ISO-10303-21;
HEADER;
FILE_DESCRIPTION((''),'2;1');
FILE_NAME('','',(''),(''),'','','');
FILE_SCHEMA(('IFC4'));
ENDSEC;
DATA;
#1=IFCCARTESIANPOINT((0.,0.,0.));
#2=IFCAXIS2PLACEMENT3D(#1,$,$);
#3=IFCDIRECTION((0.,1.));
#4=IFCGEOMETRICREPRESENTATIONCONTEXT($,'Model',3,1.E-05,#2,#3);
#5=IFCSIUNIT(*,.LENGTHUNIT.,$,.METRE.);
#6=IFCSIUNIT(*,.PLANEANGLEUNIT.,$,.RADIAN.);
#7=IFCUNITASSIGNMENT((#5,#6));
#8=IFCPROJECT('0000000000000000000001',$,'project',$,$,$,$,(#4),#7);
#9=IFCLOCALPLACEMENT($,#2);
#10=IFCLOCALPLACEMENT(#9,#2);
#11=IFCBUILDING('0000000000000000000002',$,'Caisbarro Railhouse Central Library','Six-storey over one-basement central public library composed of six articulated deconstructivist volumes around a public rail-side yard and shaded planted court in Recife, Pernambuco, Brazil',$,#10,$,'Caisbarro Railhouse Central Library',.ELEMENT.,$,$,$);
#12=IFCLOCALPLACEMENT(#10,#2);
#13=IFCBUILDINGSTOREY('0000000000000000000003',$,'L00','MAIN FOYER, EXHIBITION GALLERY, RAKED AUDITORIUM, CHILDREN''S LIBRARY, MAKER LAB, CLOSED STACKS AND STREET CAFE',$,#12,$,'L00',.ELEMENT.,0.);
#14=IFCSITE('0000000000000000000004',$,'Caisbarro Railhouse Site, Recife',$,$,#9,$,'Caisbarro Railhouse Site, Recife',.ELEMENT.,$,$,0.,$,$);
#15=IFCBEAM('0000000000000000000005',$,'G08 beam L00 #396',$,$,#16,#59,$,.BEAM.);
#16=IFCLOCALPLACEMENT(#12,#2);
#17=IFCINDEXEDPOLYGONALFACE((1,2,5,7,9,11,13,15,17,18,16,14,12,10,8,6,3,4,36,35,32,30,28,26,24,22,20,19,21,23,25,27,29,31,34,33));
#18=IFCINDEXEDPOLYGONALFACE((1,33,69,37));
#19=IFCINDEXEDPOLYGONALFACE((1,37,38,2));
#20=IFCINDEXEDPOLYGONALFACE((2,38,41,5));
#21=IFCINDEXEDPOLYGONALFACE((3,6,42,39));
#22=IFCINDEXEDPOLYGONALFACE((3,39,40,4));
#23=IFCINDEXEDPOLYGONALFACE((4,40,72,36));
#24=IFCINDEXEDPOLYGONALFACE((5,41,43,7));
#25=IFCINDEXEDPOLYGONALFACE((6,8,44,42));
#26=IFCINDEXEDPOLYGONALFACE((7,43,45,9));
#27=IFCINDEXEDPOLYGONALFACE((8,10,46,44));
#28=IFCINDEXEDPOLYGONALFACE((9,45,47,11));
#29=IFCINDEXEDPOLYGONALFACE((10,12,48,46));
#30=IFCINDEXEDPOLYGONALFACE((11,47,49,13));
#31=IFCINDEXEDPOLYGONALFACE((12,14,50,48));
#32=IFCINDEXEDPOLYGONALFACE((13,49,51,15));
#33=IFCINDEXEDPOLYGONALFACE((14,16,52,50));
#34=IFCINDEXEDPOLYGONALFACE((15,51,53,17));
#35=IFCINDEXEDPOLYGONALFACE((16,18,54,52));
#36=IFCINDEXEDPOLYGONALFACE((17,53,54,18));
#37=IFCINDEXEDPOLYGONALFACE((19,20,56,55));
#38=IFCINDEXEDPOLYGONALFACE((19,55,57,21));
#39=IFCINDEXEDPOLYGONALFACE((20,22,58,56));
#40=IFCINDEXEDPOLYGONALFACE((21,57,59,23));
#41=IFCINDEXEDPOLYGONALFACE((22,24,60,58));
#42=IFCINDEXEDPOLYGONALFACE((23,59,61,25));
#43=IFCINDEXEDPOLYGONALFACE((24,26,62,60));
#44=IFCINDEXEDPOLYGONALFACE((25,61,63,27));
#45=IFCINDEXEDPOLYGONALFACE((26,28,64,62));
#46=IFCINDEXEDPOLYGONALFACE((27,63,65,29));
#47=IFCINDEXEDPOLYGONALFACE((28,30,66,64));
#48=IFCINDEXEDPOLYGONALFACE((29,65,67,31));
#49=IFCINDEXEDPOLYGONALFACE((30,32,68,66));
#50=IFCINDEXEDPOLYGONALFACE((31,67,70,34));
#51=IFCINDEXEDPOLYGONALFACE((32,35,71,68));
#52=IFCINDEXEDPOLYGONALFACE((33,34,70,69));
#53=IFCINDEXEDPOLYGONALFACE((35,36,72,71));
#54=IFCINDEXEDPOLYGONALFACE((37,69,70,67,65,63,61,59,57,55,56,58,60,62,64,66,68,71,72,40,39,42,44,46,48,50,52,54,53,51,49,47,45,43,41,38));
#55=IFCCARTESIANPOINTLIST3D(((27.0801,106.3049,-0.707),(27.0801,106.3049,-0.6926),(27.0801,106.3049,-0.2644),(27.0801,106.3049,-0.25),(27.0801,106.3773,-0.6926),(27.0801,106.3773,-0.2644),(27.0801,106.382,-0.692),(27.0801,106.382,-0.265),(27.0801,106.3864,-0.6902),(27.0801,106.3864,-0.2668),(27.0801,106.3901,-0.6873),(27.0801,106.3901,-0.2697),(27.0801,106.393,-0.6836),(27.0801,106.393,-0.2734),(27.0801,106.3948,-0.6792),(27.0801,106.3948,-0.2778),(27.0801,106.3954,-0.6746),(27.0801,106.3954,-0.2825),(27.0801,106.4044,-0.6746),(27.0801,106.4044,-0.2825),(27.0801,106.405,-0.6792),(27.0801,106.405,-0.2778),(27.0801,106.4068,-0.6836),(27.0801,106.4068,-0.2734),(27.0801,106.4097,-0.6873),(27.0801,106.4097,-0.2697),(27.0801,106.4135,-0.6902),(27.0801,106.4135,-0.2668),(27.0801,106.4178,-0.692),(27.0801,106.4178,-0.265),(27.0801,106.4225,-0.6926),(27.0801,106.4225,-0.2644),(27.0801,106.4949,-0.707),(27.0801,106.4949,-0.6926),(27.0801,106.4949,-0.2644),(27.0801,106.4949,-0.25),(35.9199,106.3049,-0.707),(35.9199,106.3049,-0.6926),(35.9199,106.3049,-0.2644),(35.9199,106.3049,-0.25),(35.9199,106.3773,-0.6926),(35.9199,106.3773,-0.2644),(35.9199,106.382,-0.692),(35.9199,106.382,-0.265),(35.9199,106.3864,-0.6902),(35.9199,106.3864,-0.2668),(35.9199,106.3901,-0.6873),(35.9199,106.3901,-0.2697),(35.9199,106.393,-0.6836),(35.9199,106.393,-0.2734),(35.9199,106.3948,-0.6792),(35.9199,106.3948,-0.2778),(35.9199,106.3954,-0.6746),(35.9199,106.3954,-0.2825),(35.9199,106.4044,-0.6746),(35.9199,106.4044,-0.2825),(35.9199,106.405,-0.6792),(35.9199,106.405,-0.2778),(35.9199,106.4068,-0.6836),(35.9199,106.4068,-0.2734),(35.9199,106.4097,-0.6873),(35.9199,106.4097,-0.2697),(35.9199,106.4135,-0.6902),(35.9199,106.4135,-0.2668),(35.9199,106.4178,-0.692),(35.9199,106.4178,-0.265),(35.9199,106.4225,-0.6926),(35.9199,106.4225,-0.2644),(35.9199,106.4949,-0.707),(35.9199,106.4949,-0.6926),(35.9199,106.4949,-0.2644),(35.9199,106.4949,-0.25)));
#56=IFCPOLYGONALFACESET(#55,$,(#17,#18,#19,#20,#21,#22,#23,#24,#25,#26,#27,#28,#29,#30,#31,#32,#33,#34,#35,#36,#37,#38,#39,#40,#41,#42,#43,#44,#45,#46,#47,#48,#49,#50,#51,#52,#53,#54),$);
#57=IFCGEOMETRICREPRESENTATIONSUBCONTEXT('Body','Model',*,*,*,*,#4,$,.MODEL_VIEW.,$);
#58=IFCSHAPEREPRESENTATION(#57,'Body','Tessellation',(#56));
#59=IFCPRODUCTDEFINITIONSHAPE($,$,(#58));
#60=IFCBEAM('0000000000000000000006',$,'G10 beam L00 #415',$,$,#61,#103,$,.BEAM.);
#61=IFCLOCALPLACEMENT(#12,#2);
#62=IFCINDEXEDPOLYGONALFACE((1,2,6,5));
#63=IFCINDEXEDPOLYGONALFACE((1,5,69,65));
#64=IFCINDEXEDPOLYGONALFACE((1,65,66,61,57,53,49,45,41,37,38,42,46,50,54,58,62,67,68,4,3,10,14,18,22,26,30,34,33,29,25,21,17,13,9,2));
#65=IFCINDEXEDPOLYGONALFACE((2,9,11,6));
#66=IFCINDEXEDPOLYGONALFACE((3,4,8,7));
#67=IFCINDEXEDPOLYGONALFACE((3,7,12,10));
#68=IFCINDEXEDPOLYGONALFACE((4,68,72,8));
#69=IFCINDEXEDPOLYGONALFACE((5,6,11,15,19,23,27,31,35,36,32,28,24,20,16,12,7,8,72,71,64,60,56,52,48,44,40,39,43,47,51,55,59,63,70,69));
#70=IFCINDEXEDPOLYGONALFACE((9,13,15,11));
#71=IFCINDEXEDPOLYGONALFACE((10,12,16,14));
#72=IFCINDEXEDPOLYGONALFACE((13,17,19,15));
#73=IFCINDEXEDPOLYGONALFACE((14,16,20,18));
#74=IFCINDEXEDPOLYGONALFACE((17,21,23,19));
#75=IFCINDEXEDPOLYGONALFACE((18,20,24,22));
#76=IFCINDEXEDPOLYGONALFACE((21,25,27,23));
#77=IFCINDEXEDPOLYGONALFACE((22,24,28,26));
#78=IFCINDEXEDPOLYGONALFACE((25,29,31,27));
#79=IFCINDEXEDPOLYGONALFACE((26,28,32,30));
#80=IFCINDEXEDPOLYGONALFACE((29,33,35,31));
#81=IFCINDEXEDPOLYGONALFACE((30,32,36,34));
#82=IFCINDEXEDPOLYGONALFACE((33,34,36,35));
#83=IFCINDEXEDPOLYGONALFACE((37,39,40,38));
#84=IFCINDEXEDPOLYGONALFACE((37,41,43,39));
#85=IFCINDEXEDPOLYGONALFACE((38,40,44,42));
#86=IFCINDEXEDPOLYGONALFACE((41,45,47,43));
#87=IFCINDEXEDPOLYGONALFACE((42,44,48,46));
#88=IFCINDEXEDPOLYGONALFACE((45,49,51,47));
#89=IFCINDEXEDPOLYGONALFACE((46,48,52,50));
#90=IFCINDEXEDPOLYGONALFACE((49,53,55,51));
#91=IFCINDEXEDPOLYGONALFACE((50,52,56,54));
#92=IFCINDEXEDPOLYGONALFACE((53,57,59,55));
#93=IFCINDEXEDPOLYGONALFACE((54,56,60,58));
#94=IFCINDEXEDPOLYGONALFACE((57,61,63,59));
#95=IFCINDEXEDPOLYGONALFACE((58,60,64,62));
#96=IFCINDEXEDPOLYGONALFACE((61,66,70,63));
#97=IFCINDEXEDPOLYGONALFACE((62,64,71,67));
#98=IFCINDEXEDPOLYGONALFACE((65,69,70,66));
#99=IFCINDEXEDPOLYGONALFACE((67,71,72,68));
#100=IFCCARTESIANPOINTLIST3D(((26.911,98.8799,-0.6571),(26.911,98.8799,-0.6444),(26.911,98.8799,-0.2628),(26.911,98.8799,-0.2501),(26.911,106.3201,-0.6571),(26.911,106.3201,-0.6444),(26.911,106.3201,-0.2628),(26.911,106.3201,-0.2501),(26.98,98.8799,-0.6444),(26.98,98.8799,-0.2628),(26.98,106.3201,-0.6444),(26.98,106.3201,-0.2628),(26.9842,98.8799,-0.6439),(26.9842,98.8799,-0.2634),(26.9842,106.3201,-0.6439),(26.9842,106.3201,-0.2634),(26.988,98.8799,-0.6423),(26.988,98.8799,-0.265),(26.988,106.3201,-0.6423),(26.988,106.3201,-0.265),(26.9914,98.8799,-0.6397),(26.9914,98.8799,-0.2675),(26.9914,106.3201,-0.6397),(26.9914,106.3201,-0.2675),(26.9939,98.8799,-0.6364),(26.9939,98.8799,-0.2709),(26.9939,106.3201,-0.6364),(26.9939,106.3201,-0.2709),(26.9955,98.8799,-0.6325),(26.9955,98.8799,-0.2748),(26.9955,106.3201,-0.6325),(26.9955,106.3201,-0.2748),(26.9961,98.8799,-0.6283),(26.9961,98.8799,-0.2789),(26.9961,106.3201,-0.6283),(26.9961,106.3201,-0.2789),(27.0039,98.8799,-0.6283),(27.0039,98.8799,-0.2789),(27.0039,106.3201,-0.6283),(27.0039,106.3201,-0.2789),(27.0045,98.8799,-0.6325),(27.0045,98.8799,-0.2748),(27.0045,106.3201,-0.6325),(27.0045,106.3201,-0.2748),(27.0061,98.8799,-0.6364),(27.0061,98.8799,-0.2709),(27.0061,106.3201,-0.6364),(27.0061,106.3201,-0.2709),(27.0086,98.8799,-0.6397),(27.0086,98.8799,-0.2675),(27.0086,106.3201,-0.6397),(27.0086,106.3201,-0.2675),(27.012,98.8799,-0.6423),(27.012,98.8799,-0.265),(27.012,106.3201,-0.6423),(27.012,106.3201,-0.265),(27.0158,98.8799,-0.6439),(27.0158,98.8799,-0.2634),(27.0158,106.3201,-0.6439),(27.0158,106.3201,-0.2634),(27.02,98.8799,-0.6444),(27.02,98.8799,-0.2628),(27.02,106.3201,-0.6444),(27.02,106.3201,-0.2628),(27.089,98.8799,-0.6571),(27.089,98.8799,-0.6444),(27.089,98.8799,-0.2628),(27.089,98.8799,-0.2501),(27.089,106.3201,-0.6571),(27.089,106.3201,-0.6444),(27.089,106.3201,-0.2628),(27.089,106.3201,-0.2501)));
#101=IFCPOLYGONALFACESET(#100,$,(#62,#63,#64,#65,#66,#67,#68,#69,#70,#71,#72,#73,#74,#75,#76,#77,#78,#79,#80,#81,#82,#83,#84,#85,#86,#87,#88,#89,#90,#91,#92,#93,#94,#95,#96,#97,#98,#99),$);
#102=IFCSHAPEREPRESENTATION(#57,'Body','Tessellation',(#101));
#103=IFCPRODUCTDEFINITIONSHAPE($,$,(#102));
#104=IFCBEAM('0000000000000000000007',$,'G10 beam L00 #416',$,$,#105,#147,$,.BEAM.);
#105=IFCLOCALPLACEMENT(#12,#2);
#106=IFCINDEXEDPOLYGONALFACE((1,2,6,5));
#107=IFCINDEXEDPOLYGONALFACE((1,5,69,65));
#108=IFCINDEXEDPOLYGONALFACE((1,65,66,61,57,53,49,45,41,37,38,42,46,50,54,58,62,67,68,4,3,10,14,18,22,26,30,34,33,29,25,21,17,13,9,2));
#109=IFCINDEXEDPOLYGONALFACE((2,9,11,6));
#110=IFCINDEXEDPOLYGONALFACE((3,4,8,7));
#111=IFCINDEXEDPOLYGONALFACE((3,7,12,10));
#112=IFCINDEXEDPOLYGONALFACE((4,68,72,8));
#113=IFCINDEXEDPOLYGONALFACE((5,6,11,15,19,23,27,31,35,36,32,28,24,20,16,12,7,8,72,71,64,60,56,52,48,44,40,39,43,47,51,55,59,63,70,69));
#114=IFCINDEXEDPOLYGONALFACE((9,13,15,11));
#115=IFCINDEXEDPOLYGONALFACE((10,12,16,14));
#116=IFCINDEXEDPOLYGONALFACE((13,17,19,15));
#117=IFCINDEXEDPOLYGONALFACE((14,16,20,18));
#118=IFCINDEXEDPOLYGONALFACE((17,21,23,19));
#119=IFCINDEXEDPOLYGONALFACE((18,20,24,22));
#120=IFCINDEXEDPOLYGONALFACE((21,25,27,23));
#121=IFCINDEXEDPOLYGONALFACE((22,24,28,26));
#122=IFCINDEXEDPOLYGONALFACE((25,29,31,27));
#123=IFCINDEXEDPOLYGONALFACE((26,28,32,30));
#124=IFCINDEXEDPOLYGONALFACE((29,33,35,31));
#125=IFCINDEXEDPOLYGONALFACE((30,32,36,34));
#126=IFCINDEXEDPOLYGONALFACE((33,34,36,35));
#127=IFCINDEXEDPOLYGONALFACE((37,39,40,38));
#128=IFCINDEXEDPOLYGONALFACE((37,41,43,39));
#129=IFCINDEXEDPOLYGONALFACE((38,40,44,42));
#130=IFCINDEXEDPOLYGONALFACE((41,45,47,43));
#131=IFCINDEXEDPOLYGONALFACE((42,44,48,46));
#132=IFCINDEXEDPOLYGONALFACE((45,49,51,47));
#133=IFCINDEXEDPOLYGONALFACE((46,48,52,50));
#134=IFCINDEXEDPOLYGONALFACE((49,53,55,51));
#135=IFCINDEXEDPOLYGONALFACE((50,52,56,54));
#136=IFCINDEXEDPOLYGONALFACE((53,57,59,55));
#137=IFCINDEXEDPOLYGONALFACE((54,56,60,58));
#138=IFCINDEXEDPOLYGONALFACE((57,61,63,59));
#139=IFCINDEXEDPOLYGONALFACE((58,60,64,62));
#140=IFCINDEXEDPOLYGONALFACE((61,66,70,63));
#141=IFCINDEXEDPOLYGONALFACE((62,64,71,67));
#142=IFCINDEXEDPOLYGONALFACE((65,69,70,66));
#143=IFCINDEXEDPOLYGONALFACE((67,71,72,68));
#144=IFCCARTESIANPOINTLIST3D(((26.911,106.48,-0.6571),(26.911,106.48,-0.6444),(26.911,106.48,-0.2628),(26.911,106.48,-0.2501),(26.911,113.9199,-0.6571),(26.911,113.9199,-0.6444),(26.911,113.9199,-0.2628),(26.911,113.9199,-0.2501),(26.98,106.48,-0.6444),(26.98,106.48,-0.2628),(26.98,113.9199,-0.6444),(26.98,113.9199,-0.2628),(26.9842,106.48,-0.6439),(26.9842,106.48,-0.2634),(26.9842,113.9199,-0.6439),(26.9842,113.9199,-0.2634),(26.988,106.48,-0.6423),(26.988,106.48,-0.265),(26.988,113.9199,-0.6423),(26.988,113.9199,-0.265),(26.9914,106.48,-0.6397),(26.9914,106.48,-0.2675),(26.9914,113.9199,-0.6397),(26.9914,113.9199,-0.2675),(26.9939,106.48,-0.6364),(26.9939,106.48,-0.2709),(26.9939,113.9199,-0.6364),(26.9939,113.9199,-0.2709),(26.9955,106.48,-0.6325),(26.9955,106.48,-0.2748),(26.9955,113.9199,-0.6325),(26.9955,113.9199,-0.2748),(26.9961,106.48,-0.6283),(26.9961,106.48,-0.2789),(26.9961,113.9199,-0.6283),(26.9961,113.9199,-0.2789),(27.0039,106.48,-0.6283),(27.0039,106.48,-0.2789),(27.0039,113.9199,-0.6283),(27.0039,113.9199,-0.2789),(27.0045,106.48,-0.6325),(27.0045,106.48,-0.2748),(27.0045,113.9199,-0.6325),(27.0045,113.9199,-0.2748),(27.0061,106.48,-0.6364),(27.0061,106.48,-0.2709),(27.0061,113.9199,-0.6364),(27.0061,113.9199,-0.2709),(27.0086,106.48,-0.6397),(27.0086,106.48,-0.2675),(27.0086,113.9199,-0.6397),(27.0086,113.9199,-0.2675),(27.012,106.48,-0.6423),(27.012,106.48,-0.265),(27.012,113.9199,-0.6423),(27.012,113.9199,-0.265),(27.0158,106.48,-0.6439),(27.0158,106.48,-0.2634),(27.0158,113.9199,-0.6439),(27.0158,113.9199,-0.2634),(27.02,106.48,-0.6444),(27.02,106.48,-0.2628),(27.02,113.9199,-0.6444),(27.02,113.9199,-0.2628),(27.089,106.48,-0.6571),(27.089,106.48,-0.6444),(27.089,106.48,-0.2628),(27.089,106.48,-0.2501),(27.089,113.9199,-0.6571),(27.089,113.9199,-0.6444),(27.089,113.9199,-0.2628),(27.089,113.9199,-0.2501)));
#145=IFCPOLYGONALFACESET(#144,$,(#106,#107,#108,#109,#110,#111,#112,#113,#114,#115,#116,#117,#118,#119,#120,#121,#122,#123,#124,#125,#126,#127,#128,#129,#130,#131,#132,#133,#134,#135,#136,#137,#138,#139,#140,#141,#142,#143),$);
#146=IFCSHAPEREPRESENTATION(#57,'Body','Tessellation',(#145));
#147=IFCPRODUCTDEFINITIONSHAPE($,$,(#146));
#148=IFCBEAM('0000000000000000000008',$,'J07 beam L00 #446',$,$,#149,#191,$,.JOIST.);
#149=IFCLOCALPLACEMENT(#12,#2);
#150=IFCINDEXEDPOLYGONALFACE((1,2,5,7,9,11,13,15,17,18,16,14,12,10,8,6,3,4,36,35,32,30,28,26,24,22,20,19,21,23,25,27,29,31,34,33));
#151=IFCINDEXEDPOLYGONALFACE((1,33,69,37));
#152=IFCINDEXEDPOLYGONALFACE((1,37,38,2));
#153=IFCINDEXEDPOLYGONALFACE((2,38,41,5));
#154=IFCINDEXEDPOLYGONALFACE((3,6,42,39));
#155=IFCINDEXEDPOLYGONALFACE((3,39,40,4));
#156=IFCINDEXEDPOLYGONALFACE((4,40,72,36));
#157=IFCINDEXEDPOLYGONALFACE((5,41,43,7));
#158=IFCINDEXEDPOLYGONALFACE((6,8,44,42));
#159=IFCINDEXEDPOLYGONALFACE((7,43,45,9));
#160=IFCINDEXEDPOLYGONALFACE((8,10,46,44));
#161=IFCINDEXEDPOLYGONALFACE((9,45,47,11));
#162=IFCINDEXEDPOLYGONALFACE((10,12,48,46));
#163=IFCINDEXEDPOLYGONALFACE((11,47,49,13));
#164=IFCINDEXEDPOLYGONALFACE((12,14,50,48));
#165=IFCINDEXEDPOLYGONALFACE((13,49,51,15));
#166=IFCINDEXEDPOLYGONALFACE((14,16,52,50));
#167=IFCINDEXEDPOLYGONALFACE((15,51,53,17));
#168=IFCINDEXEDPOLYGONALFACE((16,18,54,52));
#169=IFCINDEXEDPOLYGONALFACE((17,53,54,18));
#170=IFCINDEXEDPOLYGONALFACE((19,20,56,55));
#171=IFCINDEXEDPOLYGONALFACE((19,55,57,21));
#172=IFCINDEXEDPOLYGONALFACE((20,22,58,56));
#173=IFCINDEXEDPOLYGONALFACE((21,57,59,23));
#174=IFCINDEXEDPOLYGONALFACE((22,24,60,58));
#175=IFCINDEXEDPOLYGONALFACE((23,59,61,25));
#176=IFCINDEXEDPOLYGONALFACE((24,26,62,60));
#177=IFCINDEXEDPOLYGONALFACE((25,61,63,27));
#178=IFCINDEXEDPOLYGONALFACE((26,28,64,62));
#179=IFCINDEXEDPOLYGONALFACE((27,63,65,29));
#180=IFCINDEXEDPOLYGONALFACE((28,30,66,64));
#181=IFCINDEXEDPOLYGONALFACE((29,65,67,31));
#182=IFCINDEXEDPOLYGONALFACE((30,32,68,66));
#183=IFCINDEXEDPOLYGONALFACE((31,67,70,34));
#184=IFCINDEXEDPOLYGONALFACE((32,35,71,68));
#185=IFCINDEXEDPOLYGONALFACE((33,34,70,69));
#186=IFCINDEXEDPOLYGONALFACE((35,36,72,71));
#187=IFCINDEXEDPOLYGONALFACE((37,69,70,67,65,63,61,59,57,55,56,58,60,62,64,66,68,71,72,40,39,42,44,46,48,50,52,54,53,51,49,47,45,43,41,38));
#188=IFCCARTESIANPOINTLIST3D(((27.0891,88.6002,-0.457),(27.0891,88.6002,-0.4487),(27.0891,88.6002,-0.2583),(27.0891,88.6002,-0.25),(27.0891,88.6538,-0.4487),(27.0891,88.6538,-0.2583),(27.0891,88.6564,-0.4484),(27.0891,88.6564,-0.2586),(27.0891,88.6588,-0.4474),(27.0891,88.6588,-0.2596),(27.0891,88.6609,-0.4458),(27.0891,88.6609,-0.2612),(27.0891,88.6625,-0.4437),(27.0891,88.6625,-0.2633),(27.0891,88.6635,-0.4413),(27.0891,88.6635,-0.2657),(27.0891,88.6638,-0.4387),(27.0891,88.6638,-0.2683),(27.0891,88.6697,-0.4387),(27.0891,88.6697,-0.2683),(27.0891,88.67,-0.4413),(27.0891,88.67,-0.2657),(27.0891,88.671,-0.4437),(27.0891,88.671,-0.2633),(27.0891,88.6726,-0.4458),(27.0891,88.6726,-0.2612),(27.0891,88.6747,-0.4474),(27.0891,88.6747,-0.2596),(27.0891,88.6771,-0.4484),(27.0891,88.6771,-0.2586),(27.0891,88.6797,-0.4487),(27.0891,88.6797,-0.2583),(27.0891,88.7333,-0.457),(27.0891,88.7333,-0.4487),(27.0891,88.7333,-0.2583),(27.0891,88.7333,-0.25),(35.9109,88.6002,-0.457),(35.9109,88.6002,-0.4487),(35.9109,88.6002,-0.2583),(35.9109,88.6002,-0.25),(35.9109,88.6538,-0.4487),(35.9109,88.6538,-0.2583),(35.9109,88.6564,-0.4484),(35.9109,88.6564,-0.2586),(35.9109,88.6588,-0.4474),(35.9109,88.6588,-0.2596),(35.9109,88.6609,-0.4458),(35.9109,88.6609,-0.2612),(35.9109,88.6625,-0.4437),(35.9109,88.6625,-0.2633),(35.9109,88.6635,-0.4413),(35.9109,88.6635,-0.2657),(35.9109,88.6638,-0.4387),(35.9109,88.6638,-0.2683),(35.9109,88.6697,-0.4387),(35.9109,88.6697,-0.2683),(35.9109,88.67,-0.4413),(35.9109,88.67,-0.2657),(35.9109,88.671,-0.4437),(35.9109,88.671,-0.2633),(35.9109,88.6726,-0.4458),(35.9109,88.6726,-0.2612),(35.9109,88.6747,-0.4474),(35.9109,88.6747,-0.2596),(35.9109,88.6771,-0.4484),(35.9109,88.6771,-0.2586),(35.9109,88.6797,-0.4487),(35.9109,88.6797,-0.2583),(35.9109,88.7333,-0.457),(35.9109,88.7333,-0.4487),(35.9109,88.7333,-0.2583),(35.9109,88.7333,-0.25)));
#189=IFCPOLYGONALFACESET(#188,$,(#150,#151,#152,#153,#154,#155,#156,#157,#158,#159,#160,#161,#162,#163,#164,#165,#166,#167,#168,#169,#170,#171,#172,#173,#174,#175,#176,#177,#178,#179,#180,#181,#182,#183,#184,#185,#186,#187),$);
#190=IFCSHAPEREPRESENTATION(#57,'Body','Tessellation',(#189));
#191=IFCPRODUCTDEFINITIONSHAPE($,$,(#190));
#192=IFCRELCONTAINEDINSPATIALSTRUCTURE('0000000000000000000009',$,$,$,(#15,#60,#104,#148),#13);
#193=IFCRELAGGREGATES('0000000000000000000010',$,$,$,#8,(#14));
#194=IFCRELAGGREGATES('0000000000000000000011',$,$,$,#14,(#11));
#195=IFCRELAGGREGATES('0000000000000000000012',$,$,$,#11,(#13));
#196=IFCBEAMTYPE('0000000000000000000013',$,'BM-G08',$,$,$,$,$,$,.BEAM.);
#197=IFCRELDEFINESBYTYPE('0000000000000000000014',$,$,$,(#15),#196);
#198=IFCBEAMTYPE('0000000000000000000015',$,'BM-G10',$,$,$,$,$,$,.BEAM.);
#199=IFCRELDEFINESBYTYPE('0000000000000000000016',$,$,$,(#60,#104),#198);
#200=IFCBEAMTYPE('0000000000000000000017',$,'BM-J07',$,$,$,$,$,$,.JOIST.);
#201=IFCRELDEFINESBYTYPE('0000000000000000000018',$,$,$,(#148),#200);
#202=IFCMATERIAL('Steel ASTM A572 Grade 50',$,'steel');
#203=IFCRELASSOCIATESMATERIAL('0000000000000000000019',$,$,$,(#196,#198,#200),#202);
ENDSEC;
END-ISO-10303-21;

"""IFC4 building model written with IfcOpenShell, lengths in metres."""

from ifc_helpers import new_model, si_unit, direction, frame, origin, origin_2d, place, context, subcontext, project, spatial, i_section, extrude, material, material_profile, profile_set, type_object, element, save


model = new_model("IFC4")

# Units and contexts
model_context = context("Model", 3, precision=1e-05, world=origin(), true_north=direction((0.0, 1.0)))
body_context = subcontext(model_context, "Body", "Model", "MODEL_VIEW")
ifc_project = project(units=[si_unit("LENGTHUNIT", "METRE"), si_unit("PLANEANGLEUNIT", "RADIAN")], contexts=[model_context])

# Site, building, storey
site_placement = place(None, origin())
site = spatial("IfcSite", under=ifc_project, at=site_placement, Name="Caisbarro Railhouse Site, Recife", LongName="Caisbarro Railhouse Site, Recife", CompositionType="ELEMENT", RefElevation=0.0)
building_placement = place(site_placement, origin())
building = spatial("IfcBuilding", under=site, at=building_placement, Name="Caisbarro Railhouse Central Library", Description="Six-storey over one-basement central public library composed of six articulated deconstructivist volumes around a public rail-side yard and shaded planted court in Recife, Pernambuco, Brazil", LongName="Caisbarro Railhouse Central Library", CompositionType="ELEMENT")
storey_placement = place(building_placement, origin())
storey = spatial("IfcBuildingStorey", under=building, at=storey_placement, Name="L00", Description="MAIN FOYER, EXHIBITION GALLERY, RAKED AUDITORIUM, CHILDREN'S LIBRARY, MAKER LAB, CLOSED STACKS AND STREET CAFE", LongName="L00", CompositionType="ELEMENT", Elevation=0.0)

# Shared definitions
ifc_material_1 = material(Name="Steel ASTM A572 Grade 50", Category="steel")

# Beams
ifc_material_profile_1 = material_profile(ifc_material_1, i_section(OverallWidth=0.1899, OverallDepth=0.457, WebThickness=0.009, FlangeThickness=0.0144, FilletRadius=0.0181, at=origin_2d()), Name="W460X74.0")
ifc_profile_set_1 = profile_set([ifc_material_profile_1], Name="Steel ASTM A572 Grade 50")
beam_type_1 = type_object("IfcBeamType", Name="BM-G08", PredefinedType="BEAM", material=ifc_profile_set_1)
for number, where, z_axis, x_axis, name in (
    (1, (27.0801, 106.3999, -0.4785), (1.0, 0.0, 0.0), (0.0, 1.0, 0.0), "G08 beam L00 #396"),
):
    element("IfcBeam", number, at=place(storey_placement, frame(where, z_axis=z_axis, x_axis=x_axis)), inside=storey, type_object=beam_type_1, Name=name, PredefinedType="BEAM", context=body_context, shape_type="SweptSolid", body=[
        extrude(i_section(OverallWidth=0.1899, OverallDepth=0.457, WebThickness=0.009, FlangeThickness=0.0144, FilletRadius=0.0181, at=origin_2d()), origin(), (0.0, 0.0, 1.0), 8.8398),
    ])
ifc_material_profile_2 = material_profile(ifc_material_1, i_section(OverallWidth=0.178, OverallDepth=0.407, WebThickness=0.0078, FlangeThickness=0.0127, FilletRadius=0.0161, at=origin_2d()), Name="W410X60.0")
ifc_profile_set_2 = profile_set([ifc_material_profile_2], Name="Steel ASTM A572 Grade 50")
beam_type_2 = type_object("IfcBeamType", Name="BM-G10", PredefinedType="BEAM", material=ifc_profile_set_2)
beam_1_placement = place(storey_placement, frame((27.0, 98.8799, -0.4536), z_axis=(0.0, 1.0, 0.0), x_axis=(-1.0, 0.0, 0.0)))
element("IfcBeam", 2, at=beam_1_placement, inside=storey, type_object=beam_type_2, Name="G10 beam L00 #415", PredefinedType="BEAM", context=body_context, shape_type="SweptSolid", body=[
    extrude(i_section(OverallWidth=0.178, OverallDepth=0.407, WebThickness=0.0078, FlangeThickness=0.0127, FilletRadius=0.0161, at=origin_2d()), origin(), (0.0, 0.0, 1.0), 7.4402),
])
beam_2_placement = place(storey_placement, frame((27.0, 106.48, -0.4536), z_axis=(0.0, 1.0, 0.0), x_axis=(-1.0, 0.0, 0.0)))
element("IfcBeam", 3, at=beam_2_placement, inside=storey, type_object=beam_type_2, Name="G10 beam L00 #416", PredefinedType="BEAM", context=body_context, shape_type="SweptSolid", body=[
    extrude(i_section(OverallWidth=0.178, OverallDepth=0.407, WebThickness=0.0078, FlangeThickness=0.0127, FilletRadius=0.0161, at=origin_2d()), origin(), (0.0, 0.0, 1.0), 7.4399),
])
ifc_material_profile_3 = material_profile(ifc_material_1, i_section(OverallWidth=0.1331, OverallDepth=0.207, WebThickness=0.0059, FlangeThickness=0.0083, FilletRadius=0.01, at=origin_2d()), Name="W200X26.6")
ifc_profile_set_3 = profile_set([ifc_material_profile_3], Name="Steel ASTM A572 Grade 50")
beam_type_3 = type_object("IfcBeamType", Name="BM-J07", PredefinedType="JOIST", material=ifc_profile_set_3)
for number, where, z_axis, x_axis, name in (
    (4, (27.0891, 88.6667, -0.3535), (1.0, 0.0, 0.0), (0.0, 1.0, 0.0), "J07 beam L00 #446"),
):
    element("IfcBeam", number, at=place(storey_placement, frame(where, z_axis=z_axis, x_axis=x_axis)), inside=storey, type_object=beam_type_3, Name=name, PredefinedType="JOIST", context=body_context, shape_type="SweptSolid", body=[
        extrude(i_section(OverallWidth=0.1331, OverallDepth=0.207, WebThickness=0.0059, FlangeThickness=0.0083, FilletRadius=0.01, at=origin_2d()), origin(), (0.0, 0.0, 1.0), 8.8218),
    ])

save(model, "model.ifc")
